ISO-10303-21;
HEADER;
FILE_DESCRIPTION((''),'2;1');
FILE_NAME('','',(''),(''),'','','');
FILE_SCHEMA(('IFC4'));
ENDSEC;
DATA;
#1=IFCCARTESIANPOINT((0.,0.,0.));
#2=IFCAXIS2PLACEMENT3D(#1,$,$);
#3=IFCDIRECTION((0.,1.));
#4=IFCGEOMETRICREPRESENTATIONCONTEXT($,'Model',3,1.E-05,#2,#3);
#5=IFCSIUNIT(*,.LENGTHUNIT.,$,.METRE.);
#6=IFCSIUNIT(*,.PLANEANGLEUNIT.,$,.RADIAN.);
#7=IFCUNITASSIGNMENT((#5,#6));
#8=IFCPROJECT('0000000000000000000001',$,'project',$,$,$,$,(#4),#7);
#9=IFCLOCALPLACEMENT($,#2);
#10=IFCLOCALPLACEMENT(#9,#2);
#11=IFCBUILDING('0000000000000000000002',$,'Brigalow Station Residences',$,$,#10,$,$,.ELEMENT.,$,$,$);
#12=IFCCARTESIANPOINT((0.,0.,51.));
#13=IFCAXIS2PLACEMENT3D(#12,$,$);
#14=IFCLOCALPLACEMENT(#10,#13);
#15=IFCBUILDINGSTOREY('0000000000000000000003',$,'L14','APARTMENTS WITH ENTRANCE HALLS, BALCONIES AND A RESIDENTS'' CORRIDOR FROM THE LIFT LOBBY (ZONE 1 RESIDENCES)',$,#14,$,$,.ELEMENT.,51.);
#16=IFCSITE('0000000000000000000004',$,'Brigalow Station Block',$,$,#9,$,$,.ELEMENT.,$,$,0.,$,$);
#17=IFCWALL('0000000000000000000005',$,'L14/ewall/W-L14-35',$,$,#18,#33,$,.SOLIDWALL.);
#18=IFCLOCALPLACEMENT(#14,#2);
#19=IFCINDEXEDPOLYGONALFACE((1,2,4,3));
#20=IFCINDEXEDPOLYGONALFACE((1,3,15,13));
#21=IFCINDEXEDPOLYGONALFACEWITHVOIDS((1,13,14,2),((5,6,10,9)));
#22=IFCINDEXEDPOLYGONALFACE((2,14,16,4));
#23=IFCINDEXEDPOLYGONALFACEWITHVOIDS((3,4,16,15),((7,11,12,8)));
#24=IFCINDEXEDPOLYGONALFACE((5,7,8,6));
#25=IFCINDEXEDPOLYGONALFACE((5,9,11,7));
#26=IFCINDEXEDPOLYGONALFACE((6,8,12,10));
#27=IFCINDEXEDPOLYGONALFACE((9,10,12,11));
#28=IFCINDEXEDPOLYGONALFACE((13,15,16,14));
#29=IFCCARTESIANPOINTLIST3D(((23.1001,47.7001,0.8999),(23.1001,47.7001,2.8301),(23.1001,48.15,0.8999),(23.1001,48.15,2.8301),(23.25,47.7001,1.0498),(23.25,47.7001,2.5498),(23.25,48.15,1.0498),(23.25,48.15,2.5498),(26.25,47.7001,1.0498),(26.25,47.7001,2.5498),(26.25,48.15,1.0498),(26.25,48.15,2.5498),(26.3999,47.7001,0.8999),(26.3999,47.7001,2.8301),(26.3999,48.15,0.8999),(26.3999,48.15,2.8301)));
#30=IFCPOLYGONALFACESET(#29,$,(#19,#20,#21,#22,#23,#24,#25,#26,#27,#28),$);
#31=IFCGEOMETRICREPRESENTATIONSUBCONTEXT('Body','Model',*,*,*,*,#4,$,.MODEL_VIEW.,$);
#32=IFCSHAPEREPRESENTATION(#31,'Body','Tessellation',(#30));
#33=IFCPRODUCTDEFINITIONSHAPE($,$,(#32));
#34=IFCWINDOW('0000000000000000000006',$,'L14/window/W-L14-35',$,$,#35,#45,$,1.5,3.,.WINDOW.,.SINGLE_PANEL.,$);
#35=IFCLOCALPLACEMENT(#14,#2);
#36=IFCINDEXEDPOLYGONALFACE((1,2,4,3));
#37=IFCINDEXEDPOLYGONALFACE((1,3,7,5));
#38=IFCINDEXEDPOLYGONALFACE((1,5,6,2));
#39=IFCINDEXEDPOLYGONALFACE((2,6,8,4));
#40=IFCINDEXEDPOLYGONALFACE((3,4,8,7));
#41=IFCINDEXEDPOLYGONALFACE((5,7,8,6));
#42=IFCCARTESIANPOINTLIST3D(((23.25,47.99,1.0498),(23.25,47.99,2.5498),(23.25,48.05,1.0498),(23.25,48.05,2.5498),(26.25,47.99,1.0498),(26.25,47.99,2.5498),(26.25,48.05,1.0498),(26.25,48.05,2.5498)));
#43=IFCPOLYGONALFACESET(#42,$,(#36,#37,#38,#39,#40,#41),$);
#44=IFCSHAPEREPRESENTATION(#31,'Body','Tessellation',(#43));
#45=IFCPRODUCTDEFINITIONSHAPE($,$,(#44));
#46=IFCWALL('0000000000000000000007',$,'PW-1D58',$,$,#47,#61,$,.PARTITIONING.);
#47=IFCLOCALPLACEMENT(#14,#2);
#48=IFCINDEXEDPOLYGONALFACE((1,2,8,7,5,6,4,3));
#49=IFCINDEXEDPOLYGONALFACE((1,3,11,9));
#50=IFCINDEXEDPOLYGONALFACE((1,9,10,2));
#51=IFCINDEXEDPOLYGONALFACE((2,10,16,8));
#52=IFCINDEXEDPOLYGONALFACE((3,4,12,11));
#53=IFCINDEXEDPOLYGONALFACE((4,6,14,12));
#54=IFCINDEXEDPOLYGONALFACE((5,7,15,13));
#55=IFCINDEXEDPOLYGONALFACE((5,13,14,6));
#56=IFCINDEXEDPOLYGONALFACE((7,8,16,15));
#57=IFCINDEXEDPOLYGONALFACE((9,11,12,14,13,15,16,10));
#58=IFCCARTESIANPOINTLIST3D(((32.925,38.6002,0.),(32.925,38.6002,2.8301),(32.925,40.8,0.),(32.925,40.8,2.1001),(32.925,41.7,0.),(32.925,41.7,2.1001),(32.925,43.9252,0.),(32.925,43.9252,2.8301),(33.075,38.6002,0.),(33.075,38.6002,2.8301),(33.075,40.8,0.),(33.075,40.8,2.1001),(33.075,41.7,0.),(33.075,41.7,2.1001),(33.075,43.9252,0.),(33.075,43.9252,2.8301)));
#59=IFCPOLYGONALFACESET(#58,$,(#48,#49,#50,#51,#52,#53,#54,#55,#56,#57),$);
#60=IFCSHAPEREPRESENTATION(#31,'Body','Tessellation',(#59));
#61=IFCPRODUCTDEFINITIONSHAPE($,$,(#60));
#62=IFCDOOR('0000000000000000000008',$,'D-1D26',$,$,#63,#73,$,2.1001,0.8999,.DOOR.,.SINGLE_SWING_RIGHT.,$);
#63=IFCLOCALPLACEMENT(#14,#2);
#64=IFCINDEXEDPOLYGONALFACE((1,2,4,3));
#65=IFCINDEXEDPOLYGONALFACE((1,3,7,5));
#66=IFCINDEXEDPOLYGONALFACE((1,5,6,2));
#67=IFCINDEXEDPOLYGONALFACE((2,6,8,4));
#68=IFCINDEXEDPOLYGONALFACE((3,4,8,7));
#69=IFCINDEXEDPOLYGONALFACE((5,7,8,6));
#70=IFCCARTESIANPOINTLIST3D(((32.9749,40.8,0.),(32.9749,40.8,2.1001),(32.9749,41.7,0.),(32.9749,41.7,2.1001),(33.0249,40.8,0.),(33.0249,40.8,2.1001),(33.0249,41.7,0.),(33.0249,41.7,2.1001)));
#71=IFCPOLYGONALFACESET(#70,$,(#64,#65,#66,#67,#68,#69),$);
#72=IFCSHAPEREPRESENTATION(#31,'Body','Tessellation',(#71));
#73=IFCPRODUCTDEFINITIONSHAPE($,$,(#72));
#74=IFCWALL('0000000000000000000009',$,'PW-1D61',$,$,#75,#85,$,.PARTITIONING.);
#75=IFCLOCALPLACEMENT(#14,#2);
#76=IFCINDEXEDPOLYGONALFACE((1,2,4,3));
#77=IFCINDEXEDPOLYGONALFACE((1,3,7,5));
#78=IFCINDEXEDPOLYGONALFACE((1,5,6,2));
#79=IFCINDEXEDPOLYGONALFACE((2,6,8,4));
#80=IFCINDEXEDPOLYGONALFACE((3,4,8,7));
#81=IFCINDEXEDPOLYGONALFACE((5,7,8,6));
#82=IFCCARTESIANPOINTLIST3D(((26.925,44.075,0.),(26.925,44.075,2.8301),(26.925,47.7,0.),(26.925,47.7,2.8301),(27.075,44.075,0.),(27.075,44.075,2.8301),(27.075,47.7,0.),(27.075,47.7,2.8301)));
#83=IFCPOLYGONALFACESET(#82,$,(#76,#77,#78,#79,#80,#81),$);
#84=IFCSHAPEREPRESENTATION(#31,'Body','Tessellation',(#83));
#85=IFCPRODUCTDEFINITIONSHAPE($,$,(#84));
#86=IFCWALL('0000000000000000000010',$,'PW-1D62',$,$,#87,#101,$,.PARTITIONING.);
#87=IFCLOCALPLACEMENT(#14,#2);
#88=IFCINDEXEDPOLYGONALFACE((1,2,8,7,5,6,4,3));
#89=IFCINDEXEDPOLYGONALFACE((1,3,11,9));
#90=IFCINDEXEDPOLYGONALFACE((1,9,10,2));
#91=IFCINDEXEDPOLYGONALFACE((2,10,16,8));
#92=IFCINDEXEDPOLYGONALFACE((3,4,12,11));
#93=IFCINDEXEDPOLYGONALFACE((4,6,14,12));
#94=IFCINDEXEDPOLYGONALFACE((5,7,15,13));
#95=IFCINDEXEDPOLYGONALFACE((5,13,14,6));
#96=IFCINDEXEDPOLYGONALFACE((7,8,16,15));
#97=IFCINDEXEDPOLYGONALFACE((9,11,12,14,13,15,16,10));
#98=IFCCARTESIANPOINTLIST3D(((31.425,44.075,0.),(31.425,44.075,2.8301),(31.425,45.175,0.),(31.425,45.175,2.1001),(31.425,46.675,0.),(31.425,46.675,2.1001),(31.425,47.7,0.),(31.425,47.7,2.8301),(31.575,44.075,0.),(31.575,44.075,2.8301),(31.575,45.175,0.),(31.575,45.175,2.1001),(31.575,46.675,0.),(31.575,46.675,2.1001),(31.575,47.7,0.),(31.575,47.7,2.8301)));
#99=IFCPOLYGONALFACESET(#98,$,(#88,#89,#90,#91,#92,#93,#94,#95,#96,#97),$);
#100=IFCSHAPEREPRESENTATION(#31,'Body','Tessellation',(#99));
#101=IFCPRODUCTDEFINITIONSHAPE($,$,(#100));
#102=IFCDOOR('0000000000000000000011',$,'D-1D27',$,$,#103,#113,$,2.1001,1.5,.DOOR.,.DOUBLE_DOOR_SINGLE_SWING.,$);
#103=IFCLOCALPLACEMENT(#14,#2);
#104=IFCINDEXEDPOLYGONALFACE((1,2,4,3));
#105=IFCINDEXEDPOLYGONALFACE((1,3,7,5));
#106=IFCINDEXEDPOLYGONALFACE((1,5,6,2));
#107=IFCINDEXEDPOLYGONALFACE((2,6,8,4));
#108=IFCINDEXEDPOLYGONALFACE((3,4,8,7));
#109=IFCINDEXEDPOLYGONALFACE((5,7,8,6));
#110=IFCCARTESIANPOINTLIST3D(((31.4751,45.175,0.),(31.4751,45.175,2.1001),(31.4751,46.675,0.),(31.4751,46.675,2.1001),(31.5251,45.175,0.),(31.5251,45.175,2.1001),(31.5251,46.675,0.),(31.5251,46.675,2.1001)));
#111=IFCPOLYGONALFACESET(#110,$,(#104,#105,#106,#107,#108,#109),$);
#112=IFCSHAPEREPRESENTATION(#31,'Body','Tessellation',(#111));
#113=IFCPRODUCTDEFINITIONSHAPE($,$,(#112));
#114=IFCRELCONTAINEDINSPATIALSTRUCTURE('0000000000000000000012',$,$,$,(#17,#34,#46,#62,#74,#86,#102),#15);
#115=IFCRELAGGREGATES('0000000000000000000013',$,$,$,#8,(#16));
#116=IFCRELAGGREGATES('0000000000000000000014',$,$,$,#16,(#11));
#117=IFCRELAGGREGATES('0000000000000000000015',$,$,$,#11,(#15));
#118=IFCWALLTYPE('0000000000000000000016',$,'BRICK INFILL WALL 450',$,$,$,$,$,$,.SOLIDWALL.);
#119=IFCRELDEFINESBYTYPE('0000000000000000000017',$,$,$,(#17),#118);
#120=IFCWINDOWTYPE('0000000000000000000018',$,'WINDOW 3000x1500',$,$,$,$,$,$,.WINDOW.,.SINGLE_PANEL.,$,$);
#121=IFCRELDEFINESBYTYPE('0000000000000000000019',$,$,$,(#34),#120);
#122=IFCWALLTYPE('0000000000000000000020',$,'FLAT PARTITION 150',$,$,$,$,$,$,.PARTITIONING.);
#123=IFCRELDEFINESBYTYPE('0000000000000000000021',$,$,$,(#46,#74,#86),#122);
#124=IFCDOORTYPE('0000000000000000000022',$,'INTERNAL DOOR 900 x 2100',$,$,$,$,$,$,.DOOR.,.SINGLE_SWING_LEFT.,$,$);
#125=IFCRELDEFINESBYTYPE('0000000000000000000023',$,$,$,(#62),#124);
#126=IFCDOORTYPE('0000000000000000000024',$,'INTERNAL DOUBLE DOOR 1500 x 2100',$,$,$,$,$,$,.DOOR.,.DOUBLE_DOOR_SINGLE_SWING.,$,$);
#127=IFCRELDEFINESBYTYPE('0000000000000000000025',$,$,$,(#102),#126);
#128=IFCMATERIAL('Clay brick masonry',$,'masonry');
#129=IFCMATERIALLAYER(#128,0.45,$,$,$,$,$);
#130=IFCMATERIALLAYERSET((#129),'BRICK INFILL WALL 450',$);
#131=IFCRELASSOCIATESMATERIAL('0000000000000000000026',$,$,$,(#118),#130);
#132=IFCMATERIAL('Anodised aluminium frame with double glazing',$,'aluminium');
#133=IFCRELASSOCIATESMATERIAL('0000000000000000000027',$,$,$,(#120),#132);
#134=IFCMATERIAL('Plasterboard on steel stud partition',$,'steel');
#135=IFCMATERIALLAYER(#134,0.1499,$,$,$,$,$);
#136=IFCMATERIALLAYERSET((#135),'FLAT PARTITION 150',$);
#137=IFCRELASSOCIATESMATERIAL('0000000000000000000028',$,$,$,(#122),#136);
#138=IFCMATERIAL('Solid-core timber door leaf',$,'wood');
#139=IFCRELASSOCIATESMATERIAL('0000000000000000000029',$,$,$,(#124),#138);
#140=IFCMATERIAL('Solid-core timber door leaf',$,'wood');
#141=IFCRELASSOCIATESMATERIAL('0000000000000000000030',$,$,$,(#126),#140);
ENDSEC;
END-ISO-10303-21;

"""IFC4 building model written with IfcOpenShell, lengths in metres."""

from ifc_helpers import new_model, si_unit, direction, frame, frame_2d, origin, place, context, subcontext, project, spatial, rectangle, extrude, material, layer, layer_set, type_object, element, fill, save


model = new_model("IFC4")

# Units and contexts
model_context = context("Model", 3, precision=1e-05, world=origin(), true_north=direction((0.0, 1.0)))
body_context = subcontext(model_context, "Body", "Model", "MODEL_VIEW")
ifc_project = project(units=[si_unit("LENGTHUNIT", "METRE"), si_unit("PLANEANGLEUNIT", "RADIAN")], contexts=[model_context])

# Site, building, storey
site_placement = place(None, origin())
site = spatial("IfcSite", under=ifc_project, at=site_placement, Name="Brigalow Station Block", CompositionType="ELEMENT", RefElevation=0.0)
building_placement = place(site_placement, origin())
building = spatial("IfcBuilding", under=site, at=building_placement, Name="Brigalow Station Residences", CompositionType="ELEMENT")
storey_placement = place(building_placement, frame((0.0, 0.0, 51.0)))
storey = spatial("IfcBuildingStorey", under=building, at=storey_placement, Name="L14", Description="APARTMENTS WITH ENTRANCE HALLS, BALCONIES AND A RESIDENTS' CORRIDOR FROM THE LIFT LOBBY (ZONE 1 RESIDENCES)", CompositionType="ELEMENT", Elevation=51.0)

# Shared definitions
ifc_material_1 = material(Name="Clay brick masonry", Category="masonry")
ifc_layer_1 = layer(ifc_material_1, 0.45)
ifc_layer_set_1 = layer_set([ifc_layer_1], Name="BRICK INFILL WALL 450")
wall_type_1 = type_object("IfcWallType", Name="BRICK INFILL WALL 450", PredefinedType="SOLIDWALL", material=ifc_layer_set_1)

# Wall, opening, window
wall_1_placement = place(storey_placement, frame((26.3999, 47.925, 0.8999), z_axis=(0.0, 0.0, 1.0), x_axis=(-1.0, 0.0, 0.0)))
wall_1 = element("IfcWall", 1, at=wall_1_placement, inside=storey, type_object=wall_type_1, Name="L14/ewall/W-L14-35", PredefinedType="SOLIDWALL", context=body_context, shape_type="SweptSolid", body=[
    extrude(rectangle(XDim=3.2998, YDim=0.45, at=frame_2d((1.6499, 0.0))), origin(), (0.0, 0.0, 1.0), 1.9302),
])
opening_1_placement = place(wall_1_placement, frame((0.1499, 0.0, 0.1499)))
opening_1 = element("IfcOpeningElement", 2, at=opening_1_placement, cuts=wall_1, PredefinedType="OPENING", context=body_context, shape_type="SweptSolid", body=[
    extrude(rectangle(XDim=3.0, YDim=1.5, at=frame_2d((1.5, 0.75))), frame((0.0, 0.2349, 0.0), z_axis=(0.0, -1.0, 0.0), x_axis=(1.0, 0.0, 0.0)), (0.0, 0.0, 1.0), 0.47),
])
ifc_material_2 = material(Name="Anodised aluminium frame with double glazing", Category="aluminium")
window_type = type_object("IfcWindowType", Name="WINDOW 3000x1500", PartitioningType="SINGLE_PANEL", PredefinedType="WINDOW", material=ifc_material_2)
window_placement = place(opening_1_placement, origin())
window = element("IfcWindow", 3, at=window_placement, inside=storey, type_object=window_type, Name="L14/window/W-L14-35", OverallHeight=1.5, OverallWidth=3.0, PartitioningType="SINGLE_PANEL", PredefinedType="WINDOW", context=body_context, shape_type="SweptSolid", body=[
    extrude(rectangle(XDim=3.0, YDim=1.5, at=frame_2d((1.5, 0.75))), frame((0.0, -0.0649, 0.0), z_axis=(0.0, -1.0, 0.0), x_axis=(1.0, 0.0, 0.0)), (0.0, 0.0, 1.0), 0.0601),
])
fill(opening_1, window)

# Wall, opening, door
ifc_material_3 = material(Name="Plasterboard on steel stud partition", Category="steel")
ifc_layer_2 = layer(ifc_material_3, 0.1499)
ifc_layer_set_2 = layer_set([ifc_layer_2], Name="FLAT PARTITION 150")
wall_type_2 = type_object("IfcWallType", Name="FLAT PARTITION 150", PredefinedType="PARTITIONING", material=ifc_layer_set_2)
wall_2_placement = place(storey_placement, frame((33.0, 38.6001, 0.0), z_axis=(0.0, 0.0, 1.0), x_axis=(0.0, 1.0, 0.0)))
wall_2 = element("IfcWall", 4, at=wall_2_placement, inside=storey, type_object=wall_type_2, Name="PW-1D58", PredefinedType="PARTITIONING", context=body_context, shape_type="SweptSolid", body=[
    extrude(rectangle(XDim=5.325, YDim=0.1499, at=frame_2d((2.6626, 0.0))), origin(), (0.0, 0.0, 1.0), 2.8301),
])
opening_2_placement = place(wall_2_placement, frame((2.2, 0.0, 0.0)))
opening_2 = element("IfcOpeningElement", 5, at=opening_2_placement, cuts=wall_2, PredefinedType="OPENING", context=body_context, shape_type="SweptSolid", body=[
    extrude(rectangle(XDim=0.8999, YDim=2.1001, at=frame_2d((0.45, 1.05))), frame((0.0, 0.085, 0.0), z_axis=(0.0, -1.0, 0.0), x_axis=(1.0, 0.0, 0.0)), (0.0, 0.0, 1.0), 0.1699),
])
ifc_material_4 = material(Name="Solid-core timber door leaf", Category="wood")
door_type_1 = type_object("IfcDoorType", Name="INTERNAL DOOR 900 x 2100", OperationType="SINGLE_SWING_LEFT", PredefinedType="DOOR", material=ifc_material_4)
door_1_placement = place(opening_2_placement, frame((0.8999, 0.0, 0.0), z_axis=(0.0, 0.0, 1.0), x_axis=(-1.0, 0.0, 0.0)))
door_1 = element("IfcDoor", 6, at=door_1_placement, inside=storey, type_object=door_type_1, Name="D-1D26", OperationType="SINGLE_SWING_RIGHT", OverallHeight=2.1001, OverallWidth=0.8999, PredefinedType="DOOR", context=body_context, shape_type="SweptSolid", body=[
    extrude(rectangle(XDim=0.8999, YDim=2.1001, at=frame_2d((0.45, 1.05))), frame((0.0, 0.0249, 0.0), z_axis=(0.0, -1.0, 0.0), x_axis=(1.0, 0.0, 0.0)), (0.0, 0.0, 1.0), 0.05),
])
fill(opening_2, door_1)

# Wall
wall_3_placement = place(storey_placement, frame((27.0, 44.075, 0.0), z_axis=(0.0, 0.0, 1.0), x_axis=(0.0, 1.0, 0.0)))
element("IfcWall", 7, at=wall_3_placement, inside=storey, type_object=wall_type_2, Name="PW-1D61", PredefinedType="PARTITIONING", context=body_context, shape_type="SweptSolid", body=[
    extrude(rectangle(XDim=3.625, YDim=0.1499, at=frame_2d((1.8125, 0.0))), origin(), (0.0, 0.0, 1.0), 2.8301),
])

# Wall, opening, door
wall_4_placement = place(storey_placement, frame((31.5, 44.075, 0.0), z_axis=(0.0, 0.0, 1.0), x_axis=(0.0, 1.0, 0.0)))
wall_4 = element("IfcWall", 8, at=wall_4_placement, inside=storey, type_object=wall_type_2, Name="PW-1D62", PredefinedType="PARTITIONING", context=body_context, shape_type="SweptSolid", body=[
    extrude(rectangle(XDim=3.625, YDim=0.1499, at=frame_2d((1.8125, 0.0))), origin(), (0.0, 0.0, 1.0), 2.8301),
])
opening_3_placement = place(wall_4_placement, frame((1.1001, 0.0, 0.0)))
opening_3 = element("IfcOpeningElement", 9, at=opening_3_placement, cuts=wall_4, PredefinedType="OPENING", context=body_context, shape_type="SweptSolid", body=[
    extrude(rectangle(XDim=1.5, YDim=2.1001, at=frame_2d((0.75, 1.05))), frame((0.0, 0.085, 0.0), z_axis=(0.0, -1.0, 0.0), x_axis=(1.0, 0.0, 0.0)), (0.0, 0.0, 1.0), 0.1699),
])
ifc_material_5 = material(Name="Solid-core timber door leaf", Category="wood")
door_type_2 = type_object("IfcDoorType", Name="INTERNAL DOUBLE DOOR 1500 x 2100", OperationType="DOUBLE_DOOR_SINGLE_SWING", PredefinedType="DOOR", material=ifc_material_5)
door_2_placement = place(opening_3_placement, origin())
door_2 = element("IfcDoor", 10, at=door_2_placement, inside=storey, type_object=door_type_2, Name="D-1D27", OperationType="DOUBLE_DOOR_SINGLE_SWING", OverallHeight=2.1001, OverallWidth=1.5, PredefinedType="DOOR", context=body_context, shape_type="SweptSolid", body=[
    extrude(rectangle(XDim=1.5, YDim=2.1001, at=frame_2d((0.75, 1.05))), frame((0.0, 0.0249, 0.0), z_axis=(0.0, -1.0, 0.0), x_axis=(1.0, 0.0, 0.0)), (0.0, 0.0, 1.0), 0.05),
])
fill(opening_3, door_2)

save(model, "model.ifc")
